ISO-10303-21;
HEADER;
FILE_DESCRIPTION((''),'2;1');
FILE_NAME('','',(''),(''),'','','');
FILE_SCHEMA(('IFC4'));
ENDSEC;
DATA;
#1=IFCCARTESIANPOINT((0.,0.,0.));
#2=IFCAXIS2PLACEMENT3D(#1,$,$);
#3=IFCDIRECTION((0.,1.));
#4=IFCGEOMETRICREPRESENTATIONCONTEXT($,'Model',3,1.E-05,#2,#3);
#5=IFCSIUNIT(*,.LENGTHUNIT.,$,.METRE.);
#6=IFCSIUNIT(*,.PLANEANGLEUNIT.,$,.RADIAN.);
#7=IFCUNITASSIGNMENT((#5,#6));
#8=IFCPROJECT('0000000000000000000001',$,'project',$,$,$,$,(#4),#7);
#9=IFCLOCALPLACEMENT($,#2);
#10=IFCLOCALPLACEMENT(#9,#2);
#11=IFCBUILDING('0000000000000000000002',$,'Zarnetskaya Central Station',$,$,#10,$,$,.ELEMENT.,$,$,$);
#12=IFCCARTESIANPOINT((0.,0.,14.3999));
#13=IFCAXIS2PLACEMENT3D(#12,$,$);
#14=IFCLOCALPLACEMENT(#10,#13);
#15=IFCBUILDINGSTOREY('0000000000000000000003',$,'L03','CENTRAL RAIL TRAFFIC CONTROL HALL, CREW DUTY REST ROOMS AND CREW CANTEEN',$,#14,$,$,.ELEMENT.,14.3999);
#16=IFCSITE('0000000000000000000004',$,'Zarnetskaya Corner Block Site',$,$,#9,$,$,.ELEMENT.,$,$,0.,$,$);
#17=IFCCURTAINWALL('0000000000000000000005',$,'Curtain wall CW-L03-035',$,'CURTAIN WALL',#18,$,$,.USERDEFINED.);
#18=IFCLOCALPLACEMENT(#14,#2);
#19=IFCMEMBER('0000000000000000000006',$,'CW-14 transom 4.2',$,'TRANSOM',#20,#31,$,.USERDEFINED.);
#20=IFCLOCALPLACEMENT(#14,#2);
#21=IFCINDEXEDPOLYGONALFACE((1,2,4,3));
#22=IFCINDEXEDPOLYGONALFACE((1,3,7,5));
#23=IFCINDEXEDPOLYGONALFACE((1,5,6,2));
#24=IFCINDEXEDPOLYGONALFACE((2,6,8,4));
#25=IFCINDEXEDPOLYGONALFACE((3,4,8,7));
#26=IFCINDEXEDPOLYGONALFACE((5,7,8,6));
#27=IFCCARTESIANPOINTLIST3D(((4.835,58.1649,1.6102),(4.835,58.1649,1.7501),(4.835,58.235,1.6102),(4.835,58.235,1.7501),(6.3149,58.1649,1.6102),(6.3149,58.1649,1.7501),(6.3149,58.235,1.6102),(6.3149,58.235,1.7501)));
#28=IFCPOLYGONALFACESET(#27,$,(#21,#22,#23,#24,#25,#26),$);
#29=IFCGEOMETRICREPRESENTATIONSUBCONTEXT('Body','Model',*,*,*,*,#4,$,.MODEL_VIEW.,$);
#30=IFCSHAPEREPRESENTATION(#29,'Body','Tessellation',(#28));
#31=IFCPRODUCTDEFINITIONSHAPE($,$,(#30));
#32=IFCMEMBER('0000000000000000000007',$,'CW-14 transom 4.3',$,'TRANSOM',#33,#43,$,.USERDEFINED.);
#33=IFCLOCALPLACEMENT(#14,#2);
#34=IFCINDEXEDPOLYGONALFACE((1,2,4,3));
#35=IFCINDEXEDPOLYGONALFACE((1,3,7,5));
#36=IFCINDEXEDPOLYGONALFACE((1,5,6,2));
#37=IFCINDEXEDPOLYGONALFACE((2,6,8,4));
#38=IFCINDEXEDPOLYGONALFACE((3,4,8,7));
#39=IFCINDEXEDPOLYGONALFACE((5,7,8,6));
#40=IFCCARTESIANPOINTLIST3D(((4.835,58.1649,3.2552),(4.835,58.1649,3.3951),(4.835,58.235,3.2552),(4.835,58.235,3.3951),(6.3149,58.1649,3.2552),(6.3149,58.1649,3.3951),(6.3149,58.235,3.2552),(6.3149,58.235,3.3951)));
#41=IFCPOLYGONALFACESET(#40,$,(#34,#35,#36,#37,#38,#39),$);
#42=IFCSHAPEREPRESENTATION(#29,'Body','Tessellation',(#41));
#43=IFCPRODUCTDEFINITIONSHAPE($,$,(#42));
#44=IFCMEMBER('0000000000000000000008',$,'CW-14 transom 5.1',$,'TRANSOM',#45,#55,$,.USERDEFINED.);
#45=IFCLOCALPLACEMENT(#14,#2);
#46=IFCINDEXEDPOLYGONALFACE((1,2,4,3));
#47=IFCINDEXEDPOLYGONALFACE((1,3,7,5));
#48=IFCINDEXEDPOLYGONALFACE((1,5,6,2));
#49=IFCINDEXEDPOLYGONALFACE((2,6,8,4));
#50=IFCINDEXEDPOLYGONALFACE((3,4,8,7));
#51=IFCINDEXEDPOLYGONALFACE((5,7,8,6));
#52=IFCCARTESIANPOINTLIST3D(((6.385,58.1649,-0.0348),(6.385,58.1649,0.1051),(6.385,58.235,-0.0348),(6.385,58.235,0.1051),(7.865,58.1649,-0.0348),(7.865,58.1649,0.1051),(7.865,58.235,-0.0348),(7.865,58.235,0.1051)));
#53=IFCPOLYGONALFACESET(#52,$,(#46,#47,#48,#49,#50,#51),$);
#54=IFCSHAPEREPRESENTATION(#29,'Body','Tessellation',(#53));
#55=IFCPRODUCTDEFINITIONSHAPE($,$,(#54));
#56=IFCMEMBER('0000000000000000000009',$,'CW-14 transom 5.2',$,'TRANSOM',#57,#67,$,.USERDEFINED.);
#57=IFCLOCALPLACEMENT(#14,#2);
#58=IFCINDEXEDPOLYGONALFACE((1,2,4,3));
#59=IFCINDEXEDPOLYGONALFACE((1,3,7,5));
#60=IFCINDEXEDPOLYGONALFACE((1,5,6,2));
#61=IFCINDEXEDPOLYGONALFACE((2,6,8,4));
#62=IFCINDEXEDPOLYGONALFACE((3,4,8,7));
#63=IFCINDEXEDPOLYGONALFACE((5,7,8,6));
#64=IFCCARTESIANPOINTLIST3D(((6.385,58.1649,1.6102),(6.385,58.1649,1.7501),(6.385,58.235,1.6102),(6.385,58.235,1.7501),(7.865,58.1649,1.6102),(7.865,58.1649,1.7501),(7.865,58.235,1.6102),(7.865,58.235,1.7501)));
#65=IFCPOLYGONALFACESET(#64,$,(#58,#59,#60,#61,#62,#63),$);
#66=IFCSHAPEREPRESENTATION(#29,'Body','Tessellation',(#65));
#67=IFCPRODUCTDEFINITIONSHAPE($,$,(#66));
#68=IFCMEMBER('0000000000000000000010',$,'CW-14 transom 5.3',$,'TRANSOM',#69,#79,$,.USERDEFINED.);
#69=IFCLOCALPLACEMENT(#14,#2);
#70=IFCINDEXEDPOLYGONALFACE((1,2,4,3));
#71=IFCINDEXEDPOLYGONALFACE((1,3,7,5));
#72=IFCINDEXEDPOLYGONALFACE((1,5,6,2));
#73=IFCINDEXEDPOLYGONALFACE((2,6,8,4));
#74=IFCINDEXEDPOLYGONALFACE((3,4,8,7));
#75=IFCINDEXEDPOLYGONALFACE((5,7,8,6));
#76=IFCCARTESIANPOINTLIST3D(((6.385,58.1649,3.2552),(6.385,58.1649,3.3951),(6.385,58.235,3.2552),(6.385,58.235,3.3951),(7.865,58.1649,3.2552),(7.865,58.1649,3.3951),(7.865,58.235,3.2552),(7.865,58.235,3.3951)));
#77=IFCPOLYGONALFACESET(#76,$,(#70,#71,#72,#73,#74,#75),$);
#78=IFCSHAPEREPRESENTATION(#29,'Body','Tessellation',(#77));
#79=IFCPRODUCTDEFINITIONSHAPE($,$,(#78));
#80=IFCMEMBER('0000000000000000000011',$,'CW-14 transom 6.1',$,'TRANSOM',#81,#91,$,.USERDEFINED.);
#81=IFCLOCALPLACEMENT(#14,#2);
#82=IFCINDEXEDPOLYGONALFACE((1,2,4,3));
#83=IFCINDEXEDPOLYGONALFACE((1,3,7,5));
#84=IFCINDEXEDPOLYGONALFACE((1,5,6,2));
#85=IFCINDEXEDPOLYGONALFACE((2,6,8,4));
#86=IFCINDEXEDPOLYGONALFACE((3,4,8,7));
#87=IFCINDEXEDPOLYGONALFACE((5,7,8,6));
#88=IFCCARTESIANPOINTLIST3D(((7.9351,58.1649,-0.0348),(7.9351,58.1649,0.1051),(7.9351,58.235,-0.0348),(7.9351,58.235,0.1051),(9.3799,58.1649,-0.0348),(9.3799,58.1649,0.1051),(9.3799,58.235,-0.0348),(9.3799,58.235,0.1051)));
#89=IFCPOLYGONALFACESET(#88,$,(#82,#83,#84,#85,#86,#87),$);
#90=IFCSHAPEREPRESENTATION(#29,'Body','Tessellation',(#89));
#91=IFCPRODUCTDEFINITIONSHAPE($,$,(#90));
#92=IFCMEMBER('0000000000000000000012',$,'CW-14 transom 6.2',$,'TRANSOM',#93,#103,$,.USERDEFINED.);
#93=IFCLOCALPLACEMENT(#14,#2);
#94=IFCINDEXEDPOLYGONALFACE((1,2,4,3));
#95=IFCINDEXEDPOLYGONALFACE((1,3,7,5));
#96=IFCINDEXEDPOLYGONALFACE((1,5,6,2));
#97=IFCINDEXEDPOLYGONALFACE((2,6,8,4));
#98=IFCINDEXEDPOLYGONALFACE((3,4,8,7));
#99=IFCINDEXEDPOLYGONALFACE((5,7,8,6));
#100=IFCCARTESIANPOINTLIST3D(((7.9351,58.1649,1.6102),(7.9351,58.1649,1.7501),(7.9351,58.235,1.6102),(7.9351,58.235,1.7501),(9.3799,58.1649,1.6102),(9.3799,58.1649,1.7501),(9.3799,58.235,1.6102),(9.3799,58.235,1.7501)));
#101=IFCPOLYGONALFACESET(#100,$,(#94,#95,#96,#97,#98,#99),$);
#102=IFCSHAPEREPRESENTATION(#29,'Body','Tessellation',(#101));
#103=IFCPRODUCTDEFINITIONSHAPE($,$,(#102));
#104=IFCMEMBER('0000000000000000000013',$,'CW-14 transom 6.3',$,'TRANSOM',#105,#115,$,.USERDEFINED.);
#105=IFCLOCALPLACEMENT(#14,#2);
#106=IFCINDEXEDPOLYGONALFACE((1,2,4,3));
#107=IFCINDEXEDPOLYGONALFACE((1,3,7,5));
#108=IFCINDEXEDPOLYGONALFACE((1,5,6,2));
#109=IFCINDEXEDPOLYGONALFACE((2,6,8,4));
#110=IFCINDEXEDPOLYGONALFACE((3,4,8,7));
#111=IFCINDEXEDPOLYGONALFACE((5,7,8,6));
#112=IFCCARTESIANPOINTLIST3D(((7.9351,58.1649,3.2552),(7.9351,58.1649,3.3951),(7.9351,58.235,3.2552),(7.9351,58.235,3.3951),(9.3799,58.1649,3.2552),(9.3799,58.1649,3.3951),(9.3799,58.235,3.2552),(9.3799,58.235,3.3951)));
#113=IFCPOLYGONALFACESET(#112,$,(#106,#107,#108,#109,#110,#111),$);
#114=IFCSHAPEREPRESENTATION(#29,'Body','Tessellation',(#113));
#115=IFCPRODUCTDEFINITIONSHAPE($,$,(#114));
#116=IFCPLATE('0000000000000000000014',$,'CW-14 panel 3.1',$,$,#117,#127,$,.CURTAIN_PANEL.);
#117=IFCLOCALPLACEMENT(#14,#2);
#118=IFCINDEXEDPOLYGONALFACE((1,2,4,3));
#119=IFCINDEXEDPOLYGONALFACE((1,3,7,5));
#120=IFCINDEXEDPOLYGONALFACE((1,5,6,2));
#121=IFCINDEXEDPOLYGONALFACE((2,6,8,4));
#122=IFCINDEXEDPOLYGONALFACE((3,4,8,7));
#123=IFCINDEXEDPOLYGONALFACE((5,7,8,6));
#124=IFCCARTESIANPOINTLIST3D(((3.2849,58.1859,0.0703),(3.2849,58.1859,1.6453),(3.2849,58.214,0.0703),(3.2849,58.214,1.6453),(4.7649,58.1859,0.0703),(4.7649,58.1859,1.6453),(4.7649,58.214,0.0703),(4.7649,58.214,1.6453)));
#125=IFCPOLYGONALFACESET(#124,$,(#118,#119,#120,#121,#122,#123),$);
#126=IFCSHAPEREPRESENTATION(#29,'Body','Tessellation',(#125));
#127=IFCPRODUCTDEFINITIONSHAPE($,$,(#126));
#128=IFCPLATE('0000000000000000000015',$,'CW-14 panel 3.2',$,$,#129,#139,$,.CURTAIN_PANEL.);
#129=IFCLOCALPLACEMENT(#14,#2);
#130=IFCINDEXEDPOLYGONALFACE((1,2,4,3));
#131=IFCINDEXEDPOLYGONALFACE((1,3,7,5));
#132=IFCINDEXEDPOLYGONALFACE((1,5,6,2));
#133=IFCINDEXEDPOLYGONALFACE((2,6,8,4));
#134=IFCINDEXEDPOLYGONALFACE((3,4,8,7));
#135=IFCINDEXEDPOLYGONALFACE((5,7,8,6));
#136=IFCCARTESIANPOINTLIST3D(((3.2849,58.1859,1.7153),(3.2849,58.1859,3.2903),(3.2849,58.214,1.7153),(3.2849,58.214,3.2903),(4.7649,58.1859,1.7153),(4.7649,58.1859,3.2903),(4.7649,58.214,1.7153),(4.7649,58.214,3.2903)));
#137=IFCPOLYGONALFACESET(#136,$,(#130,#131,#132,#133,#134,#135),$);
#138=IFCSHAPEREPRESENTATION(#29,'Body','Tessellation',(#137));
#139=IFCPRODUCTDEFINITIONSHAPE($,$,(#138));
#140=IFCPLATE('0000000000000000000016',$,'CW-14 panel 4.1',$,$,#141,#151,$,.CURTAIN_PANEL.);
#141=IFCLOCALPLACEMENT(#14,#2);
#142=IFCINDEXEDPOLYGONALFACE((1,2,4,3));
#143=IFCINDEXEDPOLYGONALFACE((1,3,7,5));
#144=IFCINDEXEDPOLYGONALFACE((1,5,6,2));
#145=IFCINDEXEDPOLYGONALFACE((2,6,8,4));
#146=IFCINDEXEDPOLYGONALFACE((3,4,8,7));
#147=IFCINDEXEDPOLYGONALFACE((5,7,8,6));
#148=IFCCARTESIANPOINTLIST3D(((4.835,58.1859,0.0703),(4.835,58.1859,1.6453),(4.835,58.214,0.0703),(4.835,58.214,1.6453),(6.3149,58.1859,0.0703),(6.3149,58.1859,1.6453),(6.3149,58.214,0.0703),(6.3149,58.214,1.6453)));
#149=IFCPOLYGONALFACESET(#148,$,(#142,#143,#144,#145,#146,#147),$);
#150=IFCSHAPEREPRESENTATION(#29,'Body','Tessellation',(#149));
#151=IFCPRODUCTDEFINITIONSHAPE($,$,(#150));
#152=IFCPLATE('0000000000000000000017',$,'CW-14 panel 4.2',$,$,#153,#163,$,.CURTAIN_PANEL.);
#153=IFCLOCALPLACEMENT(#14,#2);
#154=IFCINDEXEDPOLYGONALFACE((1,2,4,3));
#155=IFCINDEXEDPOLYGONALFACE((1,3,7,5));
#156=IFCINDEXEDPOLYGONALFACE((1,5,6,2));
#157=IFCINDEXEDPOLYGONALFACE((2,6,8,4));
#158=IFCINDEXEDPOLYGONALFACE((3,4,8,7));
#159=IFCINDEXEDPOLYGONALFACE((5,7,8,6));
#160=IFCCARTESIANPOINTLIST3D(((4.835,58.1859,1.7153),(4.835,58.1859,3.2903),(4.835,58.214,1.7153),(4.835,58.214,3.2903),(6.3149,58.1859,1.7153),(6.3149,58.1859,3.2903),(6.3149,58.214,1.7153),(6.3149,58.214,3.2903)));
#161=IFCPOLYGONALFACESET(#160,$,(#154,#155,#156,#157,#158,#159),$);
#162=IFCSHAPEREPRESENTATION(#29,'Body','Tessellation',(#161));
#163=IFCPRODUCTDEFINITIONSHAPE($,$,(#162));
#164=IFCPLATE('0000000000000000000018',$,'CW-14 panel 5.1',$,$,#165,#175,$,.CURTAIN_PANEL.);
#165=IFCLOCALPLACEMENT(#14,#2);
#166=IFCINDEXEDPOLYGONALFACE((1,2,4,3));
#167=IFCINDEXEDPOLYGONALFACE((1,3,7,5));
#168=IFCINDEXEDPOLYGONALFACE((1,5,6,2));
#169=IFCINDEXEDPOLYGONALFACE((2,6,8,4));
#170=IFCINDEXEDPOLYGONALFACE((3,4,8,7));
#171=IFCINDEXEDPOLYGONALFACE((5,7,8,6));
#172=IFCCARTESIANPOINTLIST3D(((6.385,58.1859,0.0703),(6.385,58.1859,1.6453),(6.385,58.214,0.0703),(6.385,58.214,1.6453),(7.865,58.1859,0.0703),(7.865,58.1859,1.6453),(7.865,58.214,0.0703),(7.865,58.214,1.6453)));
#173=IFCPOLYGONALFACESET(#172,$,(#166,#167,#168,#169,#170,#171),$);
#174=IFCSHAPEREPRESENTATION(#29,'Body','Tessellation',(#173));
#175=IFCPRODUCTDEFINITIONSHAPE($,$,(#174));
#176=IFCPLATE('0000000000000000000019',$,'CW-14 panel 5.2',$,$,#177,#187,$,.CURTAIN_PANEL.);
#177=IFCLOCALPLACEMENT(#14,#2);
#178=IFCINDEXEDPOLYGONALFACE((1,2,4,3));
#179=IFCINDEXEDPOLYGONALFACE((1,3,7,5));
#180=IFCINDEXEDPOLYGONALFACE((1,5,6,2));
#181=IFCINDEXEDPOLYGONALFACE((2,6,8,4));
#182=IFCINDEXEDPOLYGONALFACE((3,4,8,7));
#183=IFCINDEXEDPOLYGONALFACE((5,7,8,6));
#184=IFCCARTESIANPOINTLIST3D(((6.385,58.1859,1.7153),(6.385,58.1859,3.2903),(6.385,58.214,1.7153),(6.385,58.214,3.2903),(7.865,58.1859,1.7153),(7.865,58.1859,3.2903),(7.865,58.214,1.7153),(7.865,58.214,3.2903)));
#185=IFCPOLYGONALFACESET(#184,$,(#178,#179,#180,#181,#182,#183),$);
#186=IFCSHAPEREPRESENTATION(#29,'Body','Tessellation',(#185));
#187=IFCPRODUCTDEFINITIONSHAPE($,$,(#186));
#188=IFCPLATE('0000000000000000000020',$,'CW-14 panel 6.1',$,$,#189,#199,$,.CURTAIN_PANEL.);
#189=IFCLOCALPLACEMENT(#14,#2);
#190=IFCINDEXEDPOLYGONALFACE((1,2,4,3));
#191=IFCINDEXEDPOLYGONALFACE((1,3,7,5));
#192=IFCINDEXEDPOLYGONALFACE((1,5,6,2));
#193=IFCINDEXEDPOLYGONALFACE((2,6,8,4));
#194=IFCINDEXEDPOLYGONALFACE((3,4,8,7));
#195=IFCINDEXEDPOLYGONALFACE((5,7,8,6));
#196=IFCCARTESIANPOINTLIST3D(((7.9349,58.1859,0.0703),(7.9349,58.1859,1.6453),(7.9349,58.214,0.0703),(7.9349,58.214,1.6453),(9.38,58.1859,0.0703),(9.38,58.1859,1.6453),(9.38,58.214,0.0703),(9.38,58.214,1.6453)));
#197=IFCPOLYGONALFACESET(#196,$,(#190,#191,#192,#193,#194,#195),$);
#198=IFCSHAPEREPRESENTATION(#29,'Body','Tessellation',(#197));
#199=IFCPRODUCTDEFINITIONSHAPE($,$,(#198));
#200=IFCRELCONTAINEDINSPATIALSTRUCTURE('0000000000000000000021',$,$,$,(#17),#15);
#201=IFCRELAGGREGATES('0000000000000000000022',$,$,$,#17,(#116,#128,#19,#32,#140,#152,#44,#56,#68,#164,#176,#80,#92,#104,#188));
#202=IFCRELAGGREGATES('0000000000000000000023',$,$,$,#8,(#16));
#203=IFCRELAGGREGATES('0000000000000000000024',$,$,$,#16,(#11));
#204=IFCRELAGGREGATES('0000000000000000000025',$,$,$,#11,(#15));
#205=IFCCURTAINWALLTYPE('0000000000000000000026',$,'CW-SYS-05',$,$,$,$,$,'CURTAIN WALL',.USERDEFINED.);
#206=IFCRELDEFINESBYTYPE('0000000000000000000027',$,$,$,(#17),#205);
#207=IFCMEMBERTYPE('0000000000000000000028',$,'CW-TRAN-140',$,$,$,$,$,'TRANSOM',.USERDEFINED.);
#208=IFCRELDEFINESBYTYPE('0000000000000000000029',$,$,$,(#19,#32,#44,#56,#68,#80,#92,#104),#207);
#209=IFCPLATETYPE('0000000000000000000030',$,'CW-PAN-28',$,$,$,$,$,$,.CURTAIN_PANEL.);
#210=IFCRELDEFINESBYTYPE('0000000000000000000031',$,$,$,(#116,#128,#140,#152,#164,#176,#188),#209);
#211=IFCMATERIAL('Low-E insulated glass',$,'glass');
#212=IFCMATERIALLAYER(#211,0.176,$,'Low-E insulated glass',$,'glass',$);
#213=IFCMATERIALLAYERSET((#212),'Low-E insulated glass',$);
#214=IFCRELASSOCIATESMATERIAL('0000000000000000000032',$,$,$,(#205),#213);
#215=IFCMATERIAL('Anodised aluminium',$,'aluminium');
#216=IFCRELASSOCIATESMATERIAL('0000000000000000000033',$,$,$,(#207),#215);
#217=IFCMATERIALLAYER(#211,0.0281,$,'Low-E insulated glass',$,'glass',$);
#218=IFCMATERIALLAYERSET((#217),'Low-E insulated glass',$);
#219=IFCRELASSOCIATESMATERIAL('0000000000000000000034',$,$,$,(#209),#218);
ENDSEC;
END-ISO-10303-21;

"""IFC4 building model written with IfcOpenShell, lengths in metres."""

from ifc_helpers import new_model, si_unit, direction, frame, origin, origin_2d, place, context, subcontext, project, spatial, rectangle, extrude, material, layer, layer_set, material_profile, profile_set, type_object, element, aggregate, save


model = new_model("IFC4")

# Units and contexts
model_context = context("Model", 3, precision=1e-05, world=origin(), true_north=direction((0.0, 1.0)))
body_context = subcontext(model_context, "Body", "Model", "MODEL_VIEW")
ifc_project = project(units=[si_unit("LENGTHUNIT", "METRE"), si_unit("PLANEANGLEUNIT", "RADIAN")], contexts=[model_context])

# Site, building, storey
site_placement = place(None, origin())
site = spatial("IfcSite", under=ifc_project, at=site_placement, Name="Zarnetskaya Corner Block Site", CompositionType="ELEMENT", RefElevation=0.0)
building_placement = place(site_placement, origin())
building = spatial("IfcBuilding", under=site, at=building_placement, Name="Zarnetskaya Central Station", CompositionType="ELEMENT")
storey_placement = place(building_placement, frame((0.0, 0.0, 14.3999)))
storey = spatial("IfcBuildingStorey", under=building, at=storey_placement, Name="L03", Description="CENTRAL RAIL TRAFFIC CONTROL HALL, CREW DUTY REST ROOMS AND CREW CANTEEN", CompositionType="ELEMENT", Elevation=14.3999)

# Curtain wall, members, plates
ifc_material_1 = material(Name="Low-E insulated glass", Category="glass")
ifc_layer_1 = layer(ifc_material_1, 0.176, Name="Low-E insulated glass", Category="glass")
ifc_layer_set_1 = layer_set([ifc_layer_1], Name="Low-E insulated glass")
curtain_wall_type = type_object("IfcCurtainWallType", Name="CW-SYS-05", ElementType="CURTAIN WALL", PredefinedType="USERDEFINED", material=ifc_layer_set_1)
curtain_wall_placement = place(storey_placement, origin())
curtain_wall = element("IfcCurtainWall", 1, at=curtain_wall_placement, inside=storey, type_object=curtain_wall_type, Name="Curtain wall CW-L03-035", ObjectType="CURTAIN WALL", PredefinedType="USERDEFINED")
ifc_material_2 = material(Name="Anodised aluminium", Category="aluminium")
ifc_material_profile_1 = material_profile(ifc_material_2, rectangle(XDim=0.0701, YDim=0.1399, at=origin_2d()), Name="ALU TRAN 70x140")
ifc_profile_set_1 = profile_set([ifc_material_profile_1], Name="Anodised aluminium")
member_type_1 = type_object("IfcMemberType", Name="CW-TRAN-140", ElementType="TRANSOM", PredefinedType="USERDEFINED", material=ifc_profile_set_1)
member_1_placement = place(storey_placement, frame((4.835, 58.2, 1.6802), z_axis=(1.0, 0.0, 0.0), x_axis=(0.0, 1.0, 0.0)))
member_1 = element("IfcMember", 2, at=member_1_placement, type_object=member_type_1, Name="CW-14 transom 4.2", ObjectType="TRANSOM", PredefinedType="USERDEFINED", context=body_context, shape_type="SweptSolid", body=[
    extrude(rectangle(XDim=0.0701, YDim=0.1399, at=origin_2d()), origin(), (0.0, 0.0, 1.0), 1.48),
])
member_2_placement = place(storey_placement, frame((4.835, 58.2, 3.3252), z_axis=(1.0, 0.0, 0.0), x_axis=(0.0, 1.0, 0.0)))
member_2 = element("IfcMember", 3, at=member_2_placement, type_object=member_type_1, Name="CW-14 transom 4.3", ObjectType="TRANSOM", PredefinedType="USERDEFINED", context=body_context, shape_type="SweptSolid", body=[
    extrude(rectangle(XDim=0.0701, YDim=0.1399, at=origin_2d()), origin(), (0.0, 0.0, 1.0), 1.48),
])
member_3_placement = place(storey_placement, frame((6.385, 58.2, 0.0352), z_axis=(1.0, 0.0, 0.0), x_axis=(0.0, 1.0, 0.0)))
member_3 = element("IfcMember", 4, at=member_3_placement, type_object=member_type_1, Name="CW-14 transom 5.1", ObjectType="TRANSOM", PredefinedType="USERDEFINED", context=body_context, shape_type="SweptSolid", body=[
    extrude(rectangle(XDim=0.0701, YDim=0.1399, at=origin_2d()), origin(), (0.0, 0.0, 1.0), 1.48),
])
member_4_placement = place(storey_placement, frame((6.385, 58.2, 1.6802), z_axis=(1.0, 0.0, 0.0), x_axis=(0.0, 1.0, 0.0)))
member_4 = element("IfcMember", 5, at=member_4_placement, type_object=member_type_1, Name="CW-14 transom 5.2", ObjectType="TRANSOM", PredefinedType="USERDEFINED", context=body_context, shape_type="SweptSolid", body=[
    extrude(rectangle(XDim=0.0701, YDim=0.1399, at=origin_2d()), origin(), (0.0, 0.0, 1.0), 1.48),
])
member_5_placement = place(storey_placement, frame((6.385, 58.2, 3.3252), z_axis=(1.0, 0.0, 0.0), x_axis=(0.0, 1.0, 0.0)))
member_5 = element("IfcMember", 6, at=member_5_placement, type_object=member_type_1, Name="CW-14 transom 5.3", ObjectType="TRANSOM", PredefinedType="USERDEFINED", context=body_context, shape_type="SweptSolid", body=[
    extrude(rectangle(XDim=0.0701, YDim=0.1399, at=origin_2d()), origin(), (0.0, 0.0, 1.0), 1.48),
])
member_6_placement = place(storey_placement, frame((7.9351, 58.2, 0.0352), z_axis=(1.0, 0.0, 0.0), x_axis=(0.0, 1.0, 0.0)))
member_6 = element("IfcMember", 7, at=member_6_placement, type_object=member_type_1, Name="CW-14 transom 6.1", ObjectType="TRANSOM", PredefinedType="USERDEFINED", context=body_context, shape_type="SweptSolid", body=[
    extrude(rectangle(XDim=0.0701, YDim=0.1399, at=origin_2d()), origin(), (0.0, 0.0, 1.0), 1.4448),
])
member_7_placement = place(storey_placement, frame((7.9351, 58.2, 1.6802), z_axis=(1.0, 0.0, 0.0), x_axis=(0.0, 1.0, 0.0)))
member_7 = element("IfcMember", 8, at=member_7_placement, type_object=member_type_1, Name="CW-14 transom 6.2", ObjectType="TRANSOM", PredefinedType="USERDEFINED", context=body_context, shape_type="SweptSolid", body=[
    extrude(rectangle(XDim=0.0701, YDim=0.1399, at=origin_2d()), origin(), (0.0, 0.0, 1.0), 1.4448),
])
member_8_placement = place(storey_placement, frame((7.9351, 58.2, 3.3252), z_axis=(1.0, 0.0, 0.0), x_axis=(0.0, 1.0, 0.0)))
member_8 = element("IfcMember", 9, at=member_8_placement, type_object=member_type_1, Name="CW-14 transom 6.3", ObjectType="TRANSOM", PredefinedType="USERDEFINED", context=body_context, shape_type="SweptSolid", body=[
    extrude(rectangle(XDim=0.0701, YDim=0.1399, at=origin_2d()), origin(), (0.0, 0.0, 1.0), 1.4448),
])
ifc_layer_2 = layer(ifc_material_1, 0.0281, Name="Low-E insulated glass", Category="glass")
ifc_layer_set_2 = layer_set([ifc_layer_2], Name="Low-E insulated glass")
plate_type = type_object("IfcPlateType", Name="CW-PAN-28", PredefinedType="CURTAIN_PANEL", material=ifc_layer_set_2)
plate_1_placement = place(storey_placement, frame((4.0249, 58.2, 0.0703), z_axis=(0.0, 0.0, 1.0), x_axis=(1.0, 0.0, 0.0)))
plate_1 = element("IfcPlate", 10, at=plate_1_placement, type_object=plate_type, Name="CW-14 panel 3.1", PredefinedType="CURTAIN_PANEL", context=body_context, shape_type="SweptSolid", body=[
    extrude(rectangle(XDim=1.48, YDim=0.0281, at=origin_2d()), origin(), (0.0, 0.0, 1.0), 1.575),
])
plate_2_placement = place(storey_placement, frame((4.0249, 58.2, 1.7153), z_axis=(0.0, 0.0, 1.0), x_axis=(1.0, 0.0, 0.0)))
plate_2 = element("IfcPlate", 11, at=plate_2_placement, type_object=plate_type, Name="CW-14 panel 3.2", PredefinedType="CURTAIN_PANEL", context=body_context, shape_type="SweptSolid", body=[
    extrude(rectangle(XDim=1.48, YDim=0.0281, at=origin_2d()), origin(), (0.0, 0.0, 1.0), 1.575),
])
plate_3_placement = place(storey_placement, frame((5.575, 58.2, 0.0703), z_axis=(0.0, 0.0, 1.0), x_axis=(1.0, 0.0, 0.0)))
plate_3 = element("IfcPlate", 12, at=plate_3_placement, type_object=plate_type, Name="CW-14 panel 4.1", PredefinedType="CURTAIN_PANEL", context=body_context, shape_type="SweptSolid", body=[
    extrude(rectangle(XDim=1.48, YDim=0.0281, at=origin_2d()), origin(), (0.0, 0.0, 1.0), 1.575),
])
plate_4_placement = place(storey_placement, frame((5.575, 58.2, 1.7153), z_axis=(0.0, 0.0, 1.0), x_axis=(1.0, 0.0, 0.0)))
plate_4 = element("IfcPlate", 13, at=plate_4_placement, type_object=plate_type, Name="CW-14 panel 4.2", PredefinedType="CURTAIN_PANEL", context=body_context, shape_type="SweptSolid", body=[
    extrude(rectangle(XDim=1.48, YDim=0.0281, at=origin_2d()), origin(), (0.0, 0.0, 1.0), 1.575),
])
plate_5_placement = place(storey_placement, frame((7.125, 58.2, 0.0703), z_axis=(0.0, 0.0, 1.0), x_axis=(1.0, 0.0, 0.0)))
plate_5 = element("IfcPlate", 14, at=plate_5_placement, type_object=plate_type, Name="CW-14 panel 5.1", PredefinedType="CURTAIN_PANEL", context=body_context, shape_type="SweptSolid", body=[
    extrude(rectangle(XDim=1.48, YDim=0.0281, at=origin_2d()), origin(), (0.0, 0.0, 1.0), 1.575),
])
plate_6_placement = place(storey_placement, frame((7.125, 58.2, 1.7153), z_axis=(0.0, 0.0, 1.0), x_axis=(1.0, 0.0, 0.0)))
plate_6 = element("IfcPlate", 15, at=plate_6_placement, type_object=plate_type, Name="CW-14 panel 5.2", PredefinedType="CURTAIN_PANEL", context=body_context, shape_type="SweptSolid", body=[
    extrude(rectangle(XDim=1.48, YDim=0.0281, at=origin_2d()), origin(), (0.0, 0.0, 1.0), 1.575),
])
plate_7_placement = place(storey_placement, frame((8.6575, 58.2, 0.0703), z_axis=(0.0, 0.0, 1.0), x_axis=(1.0, 0.0, 0.0)))
plate_7 = element("IfcPlate", 16, at=plate_7_placement, type_object=plate_type, Name="CW-14 panel 6.1", PredefinedType="CURTAIN_PANEL", context=body_context, shape_type="SweptSolid", body=[
    extrude(rectangle(XDim=1.4451, YDim=0.0281, at=origin_2d()), origin(), (0.0, 0.0, 1.0), 1.575),
])
aggregate(curtain_wall, [plate_1, plate_2, member_1, member_2, plate_3, plate_4, member_3, member_4, member_5, plate_5, plate_6, member_6, member_7, member_8, plate_7])

save(model, "model.ifc")
